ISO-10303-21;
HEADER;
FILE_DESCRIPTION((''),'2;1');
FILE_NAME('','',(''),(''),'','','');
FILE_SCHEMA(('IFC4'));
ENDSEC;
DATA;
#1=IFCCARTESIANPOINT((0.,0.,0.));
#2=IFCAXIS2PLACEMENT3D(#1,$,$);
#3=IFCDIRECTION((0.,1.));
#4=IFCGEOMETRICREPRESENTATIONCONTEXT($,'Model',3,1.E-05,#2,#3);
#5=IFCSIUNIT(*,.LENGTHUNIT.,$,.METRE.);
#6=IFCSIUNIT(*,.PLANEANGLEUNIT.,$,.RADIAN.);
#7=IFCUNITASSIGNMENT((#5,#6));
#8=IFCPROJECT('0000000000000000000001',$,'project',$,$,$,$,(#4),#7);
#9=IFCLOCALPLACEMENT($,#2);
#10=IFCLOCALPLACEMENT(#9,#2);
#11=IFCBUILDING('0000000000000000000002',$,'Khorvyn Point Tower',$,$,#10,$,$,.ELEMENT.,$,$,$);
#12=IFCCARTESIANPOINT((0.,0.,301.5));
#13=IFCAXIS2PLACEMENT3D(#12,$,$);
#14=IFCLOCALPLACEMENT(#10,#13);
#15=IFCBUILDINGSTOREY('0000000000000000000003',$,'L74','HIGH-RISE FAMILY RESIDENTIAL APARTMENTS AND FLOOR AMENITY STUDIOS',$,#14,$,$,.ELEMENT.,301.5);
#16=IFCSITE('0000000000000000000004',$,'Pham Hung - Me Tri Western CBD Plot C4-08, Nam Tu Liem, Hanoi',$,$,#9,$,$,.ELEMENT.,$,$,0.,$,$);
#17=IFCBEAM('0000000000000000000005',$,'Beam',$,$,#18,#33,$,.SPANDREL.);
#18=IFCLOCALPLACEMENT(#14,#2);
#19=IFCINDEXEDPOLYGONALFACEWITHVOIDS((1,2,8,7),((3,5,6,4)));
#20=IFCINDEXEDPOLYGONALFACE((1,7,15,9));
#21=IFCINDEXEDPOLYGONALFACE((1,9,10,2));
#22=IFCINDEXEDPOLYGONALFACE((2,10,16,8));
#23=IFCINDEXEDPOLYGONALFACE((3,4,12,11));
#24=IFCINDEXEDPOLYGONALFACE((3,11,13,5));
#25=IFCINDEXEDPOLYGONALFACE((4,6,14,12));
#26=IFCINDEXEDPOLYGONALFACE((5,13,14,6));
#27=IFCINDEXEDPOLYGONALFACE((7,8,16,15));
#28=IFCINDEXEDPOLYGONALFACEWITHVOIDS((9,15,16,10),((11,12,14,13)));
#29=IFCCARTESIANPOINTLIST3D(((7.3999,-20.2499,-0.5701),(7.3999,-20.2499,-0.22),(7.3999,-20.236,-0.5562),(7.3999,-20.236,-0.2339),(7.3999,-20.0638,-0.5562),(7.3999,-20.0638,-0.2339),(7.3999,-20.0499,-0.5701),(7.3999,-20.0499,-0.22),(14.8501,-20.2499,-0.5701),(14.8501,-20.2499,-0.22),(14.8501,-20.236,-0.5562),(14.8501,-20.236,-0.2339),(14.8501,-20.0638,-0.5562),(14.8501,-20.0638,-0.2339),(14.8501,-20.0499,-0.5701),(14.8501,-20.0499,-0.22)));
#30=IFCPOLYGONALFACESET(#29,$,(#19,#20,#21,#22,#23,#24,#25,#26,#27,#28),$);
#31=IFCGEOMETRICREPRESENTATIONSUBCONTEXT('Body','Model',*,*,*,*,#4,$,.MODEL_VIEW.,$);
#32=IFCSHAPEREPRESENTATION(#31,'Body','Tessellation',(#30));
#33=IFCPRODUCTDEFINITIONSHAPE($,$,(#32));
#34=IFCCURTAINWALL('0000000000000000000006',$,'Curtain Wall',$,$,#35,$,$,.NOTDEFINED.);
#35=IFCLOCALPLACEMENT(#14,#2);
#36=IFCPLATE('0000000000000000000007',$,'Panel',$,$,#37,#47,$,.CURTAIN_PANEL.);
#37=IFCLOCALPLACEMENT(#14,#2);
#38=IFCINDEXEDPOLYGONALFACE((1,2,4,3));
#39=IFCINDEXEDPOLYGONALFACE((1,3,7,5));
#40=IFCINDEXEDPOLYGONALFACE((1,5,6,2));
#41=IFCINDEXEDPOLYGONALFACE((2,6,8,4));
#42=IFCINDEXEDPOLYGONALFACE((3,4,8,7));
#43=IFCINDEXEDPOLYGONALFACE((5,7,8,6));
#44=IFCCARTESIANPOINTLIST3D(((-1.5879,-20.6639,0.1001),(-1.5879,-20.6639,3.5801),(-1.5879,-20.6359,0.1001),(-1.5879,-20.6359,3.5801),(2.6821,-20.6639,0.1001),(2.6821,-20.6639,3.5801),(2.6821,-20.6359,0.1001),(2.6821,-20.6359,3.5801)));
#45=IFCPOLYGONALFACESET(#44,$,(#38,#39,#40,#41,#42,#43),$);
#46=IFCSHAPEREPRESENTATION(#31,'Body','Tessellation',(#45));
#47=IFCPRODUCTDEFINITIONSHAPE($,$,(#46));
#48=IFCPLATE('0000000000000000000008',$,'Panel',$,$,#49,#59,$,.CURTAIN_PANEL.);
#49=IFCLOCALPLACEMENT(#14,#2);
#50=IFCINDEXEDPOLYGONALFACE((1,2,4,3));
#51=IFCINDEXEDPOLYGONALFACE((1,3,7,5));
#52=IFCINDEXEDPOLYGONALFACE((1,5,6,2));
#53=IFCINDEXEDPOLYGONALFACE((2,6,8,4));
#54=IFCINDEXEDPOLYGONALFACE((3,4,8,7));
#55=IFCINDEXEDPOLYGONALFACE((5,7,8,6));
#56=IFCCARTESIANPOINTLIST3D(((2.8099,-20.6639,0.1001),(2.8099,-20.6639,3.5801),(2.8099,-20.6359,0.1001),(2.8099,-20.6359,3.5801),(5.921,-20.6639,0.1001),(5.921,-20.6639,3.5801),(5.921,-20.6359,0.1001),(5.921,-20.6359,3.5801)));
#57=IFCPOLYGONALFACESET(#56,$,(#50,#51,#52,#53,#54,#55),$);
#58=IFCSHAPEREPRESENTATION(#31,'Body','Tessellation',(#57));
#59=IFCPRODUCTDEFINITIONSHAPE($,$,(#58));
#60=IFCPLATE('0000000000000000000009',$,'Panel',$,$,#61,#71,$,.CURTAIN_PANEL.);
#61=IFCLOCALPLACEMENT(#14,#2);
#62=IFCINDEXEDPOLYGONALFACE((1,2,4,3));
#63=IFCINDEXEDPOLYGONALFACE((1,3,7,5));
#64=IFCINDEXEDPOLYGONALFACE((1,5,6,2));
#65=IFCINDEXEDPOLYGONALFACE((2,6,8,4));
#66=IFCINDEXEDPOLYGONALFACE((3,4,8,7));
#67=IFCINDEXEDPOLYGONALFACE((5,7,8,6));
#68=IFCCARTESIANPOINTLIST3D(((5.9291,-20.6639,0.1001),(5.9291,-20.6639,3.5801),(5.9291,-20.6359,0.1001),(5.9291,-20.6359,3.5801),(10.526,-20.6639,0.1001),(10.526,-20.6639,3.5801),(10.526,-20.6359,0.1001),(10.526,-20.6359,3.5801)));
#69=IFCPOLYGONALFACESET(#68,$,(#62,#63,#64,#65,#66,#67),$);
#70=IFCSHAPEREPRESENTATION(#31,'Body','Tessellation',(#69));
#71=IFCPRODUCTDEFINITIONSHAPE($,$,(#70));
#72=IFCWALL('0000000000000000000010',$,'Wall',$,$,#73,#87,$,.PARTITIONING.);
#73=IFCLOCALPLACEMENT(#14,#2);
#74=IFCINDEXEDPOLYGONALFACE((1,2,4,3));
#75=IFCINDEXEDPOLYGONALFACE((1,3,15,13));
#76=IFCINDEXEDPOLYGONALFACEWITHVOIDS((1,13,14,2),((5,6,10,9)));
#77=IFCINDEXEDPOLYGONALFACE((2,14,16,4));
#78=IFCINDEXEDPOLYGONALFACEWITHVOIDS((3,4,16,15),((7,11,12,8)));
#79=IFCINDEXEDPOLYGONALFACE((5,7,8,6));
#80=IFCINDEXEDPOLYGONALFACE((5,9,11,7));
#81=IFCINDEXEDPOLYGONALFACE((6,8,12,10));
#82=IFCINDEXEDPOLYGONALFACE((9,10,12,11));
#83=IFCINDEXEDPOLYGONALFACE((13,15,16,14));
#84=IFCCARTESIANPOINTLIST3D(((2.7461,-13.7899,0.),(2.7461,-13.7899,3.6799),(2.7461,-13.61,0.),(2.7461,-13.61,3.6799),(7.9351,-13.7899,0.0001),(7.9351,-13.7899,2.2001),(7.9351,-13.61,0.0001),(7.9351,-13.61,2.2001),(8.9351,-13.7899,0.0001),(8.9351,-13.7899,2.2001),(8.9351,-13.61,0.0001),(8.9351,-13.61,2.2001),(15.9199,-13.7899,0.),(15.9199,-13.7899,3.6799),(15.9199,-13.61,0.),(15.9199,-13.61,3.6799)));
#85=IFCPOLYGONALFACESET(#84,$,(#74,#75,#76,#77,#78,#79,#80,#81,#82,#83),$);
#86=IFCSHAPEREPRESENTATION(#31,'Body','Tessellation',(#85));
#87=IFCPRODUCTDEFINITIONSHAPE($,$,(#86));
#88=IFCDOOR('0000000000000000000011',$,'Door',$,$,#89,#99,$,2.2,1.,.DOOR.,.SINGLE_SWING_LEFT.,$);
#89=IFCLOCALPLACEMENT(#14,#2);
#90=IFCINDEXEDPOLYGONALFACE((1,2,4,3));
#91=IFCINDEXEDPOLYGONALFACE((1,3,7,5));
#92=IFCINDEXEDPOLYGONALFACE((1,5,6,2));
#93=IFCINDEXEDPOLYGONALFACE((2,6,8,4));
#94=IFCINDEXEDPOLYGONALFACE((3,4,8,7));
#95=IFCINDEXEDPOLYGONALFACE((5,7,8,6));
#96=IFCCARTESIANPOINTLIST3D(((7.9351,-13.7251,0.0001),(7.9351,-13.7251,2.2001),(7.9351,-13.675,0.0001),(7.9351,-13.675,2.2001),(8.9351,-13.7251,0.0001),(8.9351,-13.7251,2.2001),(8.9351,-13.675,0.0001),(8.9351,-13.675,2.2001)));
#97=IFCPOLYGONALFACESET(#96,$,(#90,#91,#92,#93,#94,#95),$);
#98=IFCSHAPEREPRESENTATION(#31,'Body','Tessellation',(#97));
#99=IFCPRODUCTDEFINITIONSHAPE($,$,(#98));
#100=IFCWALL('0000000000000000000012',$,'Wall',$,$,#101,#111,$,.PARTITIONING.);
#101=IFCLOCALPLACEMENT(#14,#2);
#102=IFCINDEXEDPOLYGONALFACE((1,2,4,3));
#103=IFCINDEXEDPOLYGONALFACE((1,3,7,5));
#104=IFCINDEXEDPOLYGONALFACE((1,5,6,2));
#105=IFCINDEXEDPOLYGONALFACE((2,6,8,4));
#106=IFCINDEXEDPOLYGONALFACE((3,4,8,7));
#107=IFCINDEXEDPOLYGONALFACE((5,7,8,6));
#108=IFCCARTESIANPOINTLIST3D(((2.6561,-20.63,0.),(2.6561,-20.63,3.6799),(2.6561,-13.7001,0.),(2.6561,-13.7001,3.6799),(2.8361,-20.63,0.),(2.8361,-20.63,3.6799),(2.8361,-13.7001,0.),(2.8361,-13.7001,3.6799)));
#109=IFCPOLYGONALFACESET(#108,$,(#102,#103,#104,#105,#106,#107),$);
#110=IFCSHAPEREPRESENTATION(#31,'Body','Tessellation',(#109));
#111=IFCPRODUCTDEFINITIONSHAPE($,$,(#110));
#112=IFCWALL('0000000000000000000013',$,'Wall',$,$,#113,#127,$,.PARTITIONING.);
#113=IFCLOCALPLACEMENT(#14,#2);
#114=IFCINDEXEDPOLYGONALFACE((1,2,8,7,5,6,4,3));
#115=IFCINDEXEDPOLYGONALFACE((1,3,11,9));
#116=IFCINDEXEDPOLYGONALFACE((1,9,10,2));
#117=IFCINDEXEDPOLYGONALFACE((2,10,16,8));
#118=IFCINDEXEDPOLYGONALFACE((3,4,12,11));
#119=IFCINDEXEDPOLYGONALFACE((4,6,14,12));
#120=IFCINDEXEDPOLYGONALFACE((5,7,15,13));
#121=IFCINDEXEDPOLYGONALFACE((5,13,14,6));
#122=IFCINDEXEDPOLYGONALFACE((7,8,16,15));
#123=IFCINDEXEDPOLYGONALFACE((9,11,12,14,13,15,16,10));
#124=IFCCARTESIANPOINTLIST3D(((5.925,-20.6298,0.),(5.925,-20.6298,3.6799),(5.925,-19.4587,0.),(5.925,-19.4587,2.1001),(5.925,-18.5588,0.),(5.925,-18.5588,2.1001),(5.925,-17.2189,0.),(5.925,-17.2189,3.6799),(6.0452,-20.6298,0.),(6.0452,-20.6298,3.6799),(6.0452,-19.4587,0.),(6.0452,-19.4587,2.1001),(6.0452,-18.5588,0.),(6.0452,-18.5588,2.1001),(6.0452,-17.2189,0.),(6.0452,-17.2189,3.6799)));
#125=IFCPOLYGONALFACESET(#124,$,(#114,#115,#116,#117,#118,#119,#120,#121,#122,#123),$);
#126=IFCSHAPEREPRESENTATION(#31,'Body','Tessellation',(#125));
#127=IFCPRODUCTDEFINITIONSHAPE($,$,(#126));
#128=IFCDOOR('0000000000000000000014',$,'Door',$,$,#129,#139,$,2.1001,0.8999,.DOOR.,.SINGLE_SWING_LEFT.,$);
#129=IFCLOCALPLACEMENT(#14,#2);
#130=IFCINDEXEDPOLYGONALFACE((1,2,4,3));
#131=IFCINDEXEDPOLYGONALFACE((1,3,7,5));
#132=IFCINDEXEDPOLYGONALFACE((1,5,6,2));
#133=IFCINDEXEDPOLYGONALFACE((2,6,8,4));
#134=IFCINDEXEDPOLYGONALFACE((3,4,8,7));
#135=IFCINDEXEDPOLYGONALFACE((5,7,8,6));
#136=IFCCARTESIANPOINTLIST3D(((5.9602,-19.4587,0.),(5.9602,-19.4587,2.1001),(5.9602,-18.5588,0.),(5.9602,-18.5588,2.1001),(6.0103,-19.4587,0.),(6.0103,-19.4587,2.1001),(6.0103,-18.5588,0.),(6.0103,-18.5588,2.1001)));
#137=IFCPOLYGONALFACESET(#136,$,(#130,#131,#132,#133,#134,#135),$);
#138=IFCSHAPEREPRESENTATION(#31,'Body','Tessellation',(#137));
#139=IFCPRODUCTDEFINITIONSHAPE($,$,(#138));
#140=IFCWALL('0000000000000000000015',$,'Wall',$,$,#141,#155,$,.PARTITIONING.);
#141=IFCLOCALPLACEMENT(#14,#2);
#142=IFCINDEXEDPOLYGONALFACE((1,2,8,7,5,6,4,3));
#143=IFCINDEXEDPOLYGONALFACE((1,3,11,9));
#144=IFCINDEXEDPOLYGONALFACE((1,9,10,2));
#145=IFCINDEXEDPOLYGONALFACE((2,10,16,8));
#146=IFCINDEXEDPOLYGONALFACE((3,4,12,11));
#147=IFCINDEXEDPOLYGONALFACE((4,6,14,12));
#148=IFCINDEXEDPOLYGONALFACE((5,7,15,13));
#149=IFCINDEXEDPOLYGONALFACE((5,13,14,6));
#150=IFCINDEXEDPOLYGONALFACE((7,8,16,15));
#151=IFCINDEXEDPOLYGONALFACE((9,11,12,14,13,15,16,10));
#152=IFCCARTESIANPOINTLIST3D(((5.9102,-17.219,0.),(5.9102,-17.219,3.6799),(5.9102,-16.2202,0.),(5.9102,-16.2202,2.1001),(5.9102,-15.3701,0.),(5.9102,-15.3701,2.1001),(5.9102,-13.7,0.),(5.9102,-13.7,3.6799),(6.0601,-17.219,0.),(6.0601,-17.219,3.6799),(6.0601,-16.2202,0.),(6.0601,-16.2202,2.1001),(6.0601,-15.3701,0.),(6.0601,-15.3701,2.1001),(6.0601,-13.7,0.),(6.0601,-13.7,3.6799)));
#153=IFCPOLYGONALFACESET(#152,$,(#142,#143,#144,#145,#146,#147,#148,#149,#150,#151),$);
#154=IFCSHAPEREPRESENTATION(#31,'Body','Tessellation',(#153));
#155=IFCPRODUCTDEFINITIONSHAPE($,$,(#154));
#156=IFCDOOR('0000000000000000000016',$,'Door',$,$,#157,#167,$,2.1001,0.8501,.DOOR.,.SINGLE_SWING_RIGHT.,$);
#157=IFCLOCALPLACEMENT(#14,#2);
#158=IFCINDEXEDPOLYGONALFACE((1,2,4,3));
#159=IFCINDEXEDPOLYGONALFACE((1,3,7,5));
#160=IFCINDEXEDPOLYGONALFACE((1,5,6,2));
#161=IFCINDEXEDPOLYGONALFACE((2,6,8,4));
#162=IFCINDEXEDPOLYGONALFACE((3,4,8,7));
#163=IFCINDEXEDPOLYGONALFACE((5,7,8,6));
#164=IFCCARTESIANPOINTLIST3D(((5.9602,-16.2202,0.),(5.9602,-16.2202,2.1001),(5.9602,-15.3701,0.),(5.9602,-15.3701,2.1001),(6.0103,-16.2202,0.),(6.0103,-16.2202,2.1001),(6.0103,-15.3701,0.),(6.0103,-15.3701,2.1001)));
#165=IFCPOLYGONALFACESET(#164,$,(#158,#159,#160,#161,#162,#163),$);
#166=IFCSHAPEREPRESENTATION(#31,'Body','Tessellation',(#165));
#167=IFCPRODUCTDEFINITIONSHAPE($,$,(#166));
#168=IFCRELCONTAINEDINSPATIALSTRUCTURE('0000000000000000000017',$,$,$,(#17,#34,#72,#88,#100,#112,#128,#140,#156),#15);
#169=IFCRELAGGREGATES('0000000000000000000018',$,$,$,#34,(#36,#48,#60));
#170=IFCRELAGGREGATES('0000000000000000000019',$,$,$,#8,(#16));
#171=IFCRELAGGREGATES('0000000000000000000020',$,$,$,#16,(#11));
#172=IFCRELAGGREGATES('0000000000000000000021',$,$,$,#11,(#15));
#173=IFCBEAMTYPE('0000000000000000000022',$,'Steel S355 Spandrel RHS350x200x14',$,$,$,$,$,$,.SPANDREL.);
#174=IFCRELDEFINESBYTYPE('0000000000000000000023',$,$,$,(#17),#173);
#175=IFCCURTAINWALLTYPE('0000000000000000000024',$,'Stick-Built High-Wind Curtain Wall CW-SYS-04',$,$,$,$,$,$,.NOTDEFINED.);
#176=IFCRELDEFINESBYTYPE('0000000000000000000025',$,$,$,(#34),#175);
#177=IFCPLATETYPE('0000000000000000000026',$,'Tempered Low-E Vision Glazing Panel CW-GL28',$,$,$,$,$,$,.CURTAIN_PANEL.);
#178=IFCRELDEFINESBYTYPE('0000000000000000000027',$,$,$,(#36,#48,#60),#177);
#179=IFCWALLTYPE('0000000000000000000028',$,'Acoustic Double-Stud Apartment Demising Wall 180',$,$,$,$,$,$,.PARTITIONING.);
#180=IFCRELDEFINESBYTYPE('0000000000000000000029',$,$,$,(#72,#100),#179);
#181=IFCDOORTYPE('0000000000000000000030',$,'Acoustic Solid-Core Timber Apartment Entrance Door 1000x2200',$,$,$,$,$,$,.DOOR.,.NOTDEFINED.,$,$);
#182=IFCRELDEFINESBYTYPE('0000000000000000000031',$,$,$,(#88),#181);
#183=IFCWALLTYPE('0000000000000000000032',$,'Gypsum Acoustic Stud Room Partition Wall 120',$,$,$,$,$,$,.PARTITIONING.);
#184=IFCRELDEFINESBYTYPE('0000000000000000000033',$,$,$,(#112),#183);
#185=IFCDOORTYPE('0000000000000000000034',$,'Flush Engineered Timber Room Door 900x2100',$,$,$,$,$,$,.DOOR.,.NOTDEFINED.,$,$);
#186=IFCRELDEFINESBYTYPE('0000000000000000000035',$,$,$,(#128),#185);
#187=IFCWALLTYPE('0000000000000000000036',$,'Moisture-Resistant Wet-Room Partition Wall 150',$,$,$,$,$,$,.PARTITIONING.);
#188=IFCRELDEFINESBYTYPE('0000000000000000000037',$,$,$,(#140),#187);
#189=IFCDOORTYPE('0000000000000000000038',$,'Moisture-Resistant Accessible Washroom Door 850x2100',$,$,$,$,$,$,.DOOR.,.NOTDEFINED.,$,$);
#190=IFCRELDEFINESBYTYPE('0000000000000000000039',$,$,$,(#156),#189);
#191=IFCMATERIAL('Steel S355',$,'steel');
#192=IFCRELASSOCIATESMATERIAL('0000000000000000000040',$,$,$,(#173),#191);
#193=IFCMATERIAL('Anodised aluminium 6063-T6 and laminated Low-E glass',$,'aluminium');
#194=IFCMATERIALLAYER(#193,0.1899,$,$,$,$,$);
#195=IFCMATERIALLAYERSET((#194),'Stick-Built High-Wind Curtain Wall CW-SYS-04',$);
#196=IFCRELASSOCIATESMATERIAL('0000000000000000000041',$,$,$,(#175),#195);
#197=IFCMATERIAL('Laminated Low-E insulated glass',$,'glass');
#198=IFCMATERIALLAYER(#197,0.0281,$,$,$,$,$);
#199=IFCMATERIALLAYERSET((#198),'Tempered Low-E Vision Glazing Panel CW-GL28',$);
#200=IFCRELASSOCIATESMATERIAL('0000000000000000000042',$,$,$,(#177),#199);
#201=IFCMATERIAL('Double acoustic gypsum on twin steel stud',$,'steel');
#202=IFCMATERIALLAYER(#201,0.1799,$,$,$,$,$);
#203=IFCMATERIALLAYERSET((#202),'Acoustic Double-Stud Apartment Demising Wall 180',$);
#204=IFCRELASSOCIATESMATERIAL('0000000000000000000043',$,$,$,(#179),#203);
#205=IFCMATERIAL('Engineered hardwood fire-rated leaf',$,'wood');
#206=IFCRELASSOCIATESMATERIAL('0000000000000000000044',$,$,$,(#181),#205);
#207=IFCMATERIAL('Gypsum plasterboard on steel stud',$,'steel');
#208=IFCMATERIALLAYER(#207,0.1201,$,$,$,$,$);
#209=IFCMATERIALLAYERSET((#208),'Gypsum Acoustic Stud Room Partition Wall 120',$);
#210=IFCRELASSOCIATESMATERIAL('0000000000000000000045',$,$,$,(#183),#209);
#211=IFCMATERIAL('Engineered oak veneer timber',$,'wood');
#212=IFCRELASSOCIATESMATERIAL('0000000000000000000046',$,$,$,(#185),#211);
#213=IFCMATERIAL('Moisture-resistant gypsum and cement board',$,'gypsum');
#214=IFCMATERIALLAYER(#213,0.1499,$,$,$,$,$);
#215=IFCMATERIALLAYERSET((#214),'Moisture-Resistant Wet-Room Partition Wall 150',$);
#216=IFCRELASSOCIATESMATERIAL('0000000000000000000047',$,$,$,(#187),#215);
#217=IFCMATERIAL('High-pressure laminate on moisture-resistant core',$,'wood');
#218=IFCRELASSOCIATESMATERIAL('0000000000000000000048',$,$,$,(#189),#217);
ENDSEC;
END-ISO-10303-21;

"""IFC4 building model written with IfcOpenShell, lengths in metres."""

from ifc_helpers import new_model, si_unit, direction, frame, frame_2d, origin, origin_2d, place, context, subcontext, project, spatial, rectangle, hollow_rectangle, extrude, material, layer, layer_set, material_profile, profile_set, type_object, element, fill, aggregate, save


model = new_model("IFC4")

# Units and contexts
model_context = context("Model", 3, precision=1e-05, world=origin(), true_north=direction((0.0, 1.0)))
body_context = subcontext(model_context, "Body", "Model", "MODEL_VIEW")
ifc_project = project(units=[si_unit("LENGTHUNIT", "METRE"), si_unit("PLANEANGLEUNIT", "RADIAN")], contexts=[model_context])

# Site, building, storey
site_placement = place(None, origin())
site = spatial("IfcSite", under=ifc_project, at=site_placement, Name="Pham Hung - Me Tri Western CBD Plot C4-08, Nam Tu Liem, Hanoi", CompositionType="ELEMENT", RefElevation=0.0)
building_placement = place(site_placement, origin())
building = spatial("IfcBuilding", under=site, at=building_placement, Name="Khorvyn Point Tower", CompositionType="ELEMENT")
storey_placement = place(building_placement, frame((0.0, 0.0, 301.5)))
storey = spatial("IfcBuildingStorey", under=building, at=storey_placement, Name="L74", Description="HIGH-RISE FAMILY RESIDENTIAL APARTMENTS AND FLOOR AMENITY STUDIOS", CompositionType="ELEMENT", Elevation=301.5)

# Shared definitions
ifc_material_1 = material(Name="Steel S355", Category="steel")

# Beam
ifc_material_profile_1 = material_profile(ifc_material_1, hollow_rectangle(XDim=0.2, YDim=0.3501, WallThickness=0.0139, at=origin_2d()))
ifc_profile_set_1 = profile_set([ifc_material_profile_1], Name="Steel S355 RHS350x200x14")
beam_type_1 = type_object("IfcBeamType", Name="Steel S355 Spandrel RHS350x200x14", PredefinedType="SPANDREL", material=ifc_profile_set_1)
beam_1_placement = place(storey_placement, frame((7.3999, -20.1499, -0.395), z_axis=(1.0, 0.0, 0.0), x_axis=(0.0, 1.0, 0.0)))
element("IfcBeam", 1, at=beam_1_placement, inside=storey, type_object=beam_type_1, Name="Beam", PredefinedType="SPANDREL", context=body_context, shape_type="SweptSolid", body=[
    extrude(hollow_rectangle(XDim=0.2, YDim=0.3501, WallThickness=0.0139, at=origin_2d()), origin(), (0.0, 0.0, 1.0), 7.4502),
])

# Curtain wall, plates
ifc_material_2 = material(Name="Anodised aluminium 6063-T6 and laminated Low-E glass", Category="aluminium")
ifc_layer_1 = layer(ifc_material_2, 0.1899)
ifc_layer_set_1 = layer_set([ifc_layer_1], Name="Stick-Built High-Wind Curtain Wall CW-SYS-04")
curtain_wall_type = type_object("IfcCurtainWallType", Name="Stick-Built High-Wind Curtain Wall CW-SYS-04", PredefinedType="NOTDEFINED", material=ifc_layer_set_1)
curtain_wall_placement = place(storey_placement, origin())
curtain_wall = element("IfcCurtainWall", 2, at=curtain_wall_placement, inside=storey, type_object=curtain_wall_type, Name="Curtain Wall", PredefinedType="NOTDEFINED")
ifc_material_3 = material(Name="Laminated Low-E insulated glass", Category="glass")
ifc_layer_2 = layer(ifc_material_3, 0.0281)
ifc_layer_set_2 = layer_set([ifc_layer_2], Name="Tempered Low-E Vision Glazing Panel CW-GL28")
plate_type = type_object("IfcPlateType", Name="Tempered Low-E Vision Glazing Panel CW-GL28", PredefinedType="CURTAIN_PANEL", material=ifc_layer_set_2)
plate_1_placement = place(storey_placement, frame((0.5471, -20.6499, 0.1001), z_axis=(0.0, 0.0, 1.0), x_axis=(-1.0, 0.0, 0.0)))
plate_1 = element("IfcPlate", 3, at=plate_1_placement, type_object=plate_type, Name="Panel", PredefinedType="CURTAIN_PANEL", context=body_context, shape_type="SweptSolid", body=[
    extrude(rectangle(XDim=4.27, YDim=0.0281, at=origin_2d()), origin(), (0.0, 0.0, 1.0), 3.48),
])
plate_2_placement = place(storey_placement, frame((4.3655, -20.6499, 0.1001), z_axis=(0.0, 0.0, 1.0), x_axis=(-1.0, 0.0, 0.0)))
plate_2 = element("IfcPlate", 4, at=plate_2_placement, type_object=plate_type, Name="Panel", PredefinedType="CURTAIN_PANEL", context=body_context, shape_type="SweptSolid", body=[
    extrude(rectangle(XDim=3.1111, YDim=0.0281, at=origin_2d()), origin(), (0.0, 0.0, 1.0), 3.48),
])
plate_3_placement = place(storey_placement, frame((8.2275, -20.6499, 0.1001), z_axis=(0.0, 0.0, 1.0), x_axis=(-1.0, 0.0, 0.0)))
plate_3 = element("IfcPlate", 5, at=plate_3_placement, type_object=plate_type, Name="Panel", PredefinedType="CURTAIN_PANEL", context=body_context, shape_type="SweptSolid", body=[
    extrude(rectangle(XDim=4.5969, YDim=0.0281, at=origin_2d()), origin(), (0.0, 0.0, 1.0), 3.48),
])
aggregate(curtain_wall, [plate_1, plate_2, plate_3])

# Wall, opening, door
ifc_material_4 = material(Name="Double acoustic gypsum on twin steel stud", Category="steel")
ifc_layer_3 = layer(ifc_material_4, 0.1799)
ifc_layer_set_3 = layer_set([ifc_layer_3], Name="Acoustic Double-Stud Apartment Demising Wall 180")
wall_type_1 = type_object("IfcWallType", Name="Acoustic Double-Stud Apartment Demising Wall 180", PredefinedType="PARTITIONING", material=ifc_layer_set_3)
wall_1_placement = place(storey_placement, frame((2.7461, -13.7, 0.0), z_axis=(0.0, 0.0, 1.0), x_axis=(1.0, 0.0, 0.0)))
wall_1 = element("IfcWall", 6, at=wall_1_placement, inside=storey, type_object=wall_type_1, Name="Wall", PredefinedType="PARTITIONING", context=body_context, shape_type="SweptSolid", body=[
    extrude(rectangle(XDim=13.1738, YDim=0.1799, at=frame_2d((6.5869, 0.0))), origin(), (0.0, 0.0, 1.0), 3.6799),
])
opening_1_placement = place(wall_1_placement, frame((5.189, 0.0, 0.0)))
opening_1 = element("IfcOpeningElement", 7, at=opening_1_placement, cuts=wall_1, PredefinedType="OPENING", context=body_context, shape_type="SweptSolid", body=[
    extrude(rectangle(XDim=1.0, YDim=2.2, at=frame_2d((0.5, 1.1001))), frame((0.0, 0.0999, 0.0), z_axis=(0.0, -1.0, 0.0), x_axis=(1.0, 0.0, 0.0)), (0.0, 0.0, 1.0), 0.2),
])
ifc_material_5 = material(Name="Engineered hardwood fire-rated leaf", Category="wood")
door_type_1 = type_object("IfcDoorType", Name="Acoustic Solid-Core Timber Apartment Entrance Door 1000x2200", OperationType="NOTDEFINED", PredefinedType="DOOR", material=ifc_material_5)
door_1_placement = place(opening_1_placement, origin())
door_1 = element("IfcDoor", 8, at=door_1_placement, inside=storey, type_object=door_type_1, Name="Door", OperationType="SINGLE_SWING_LEFT", OverallHeight=2.2, OverallWidth=1.0, PredefinedType="DOOR", context=body_context, shape_type="SweptSolid", body=[
    extrude(rectangle(XDim=1.0, YDim=2.2, at=frame_2d((0.5, 1.1001))), frame((0.0, 0.0249, 0.0), z_axis=(0.0, -1.0, 0.0), x_axis=(1.0, 0.0, 0.0)), (0.0, 0.0, 1.0), 0.05),
])
fill(opening_1, door_1)

# Wall
wall_2_placement = place(storey_placement, frame((2.7461, -20.6299, 0.0), z_axis=(0.0, 0.0, 1.0), x_axis=(0.0, 1.0, 0.0)))
element("IfcWall", 9, at=wall_2_placement, inside=storey, type_object=wall_type_1, Name="Wall", PredefinedType="PARTITIONING", context=body_context, shape_type="SweptSolid", body=[
    extrude(rectangle(XDim=6.9299, YDim=0.1799, at=frame_2d((3.4648, 0.0))), origin(), (0.0, 0.0, 1.0), 3.6799),
])

# Walls, openings, doors
ifc_material_6 = material(Name="Gypsum plasterboard on steel stud", Category="steel")
ifc_layer_4 = layer(ifc_material_6, 0.1201)
ifc_layer_set_4 = layer_set([ifc_layer_4], Name="Gypsum Acoustic Stud Room Partition Wall 120")
wall_type_2 = type_object("IfcWallType", Name="Gypsum Acoustic Stud Room Partition Wall 120", PredefinedType="PARTITIONING", material=ifc_layer_set_4)
wall_3_placement = place(storey_placement, frame((5.9851, -20.6299, 0.0), z_axis=(0.0, 0.0, 1.0), x_axis=(0.0, 1.0, 0.0)))
wall_3 = element("IfcWall", 10, at=wall_3_placement, inside=storey, type_object=wall_type_2, Name="Wall", PredefinedType="PARTITIONING", context=body_context, shape_type="SweptSolid", body=[
    extrude(rectangle(XDim=3.4109, YDim=0.1201, at=frame_2d((1.7056, 0.0))), origin(), (0.0, 0.0, 1.0), 3.6799),
])
opening_2_placement = place(wall_3_placement, frame((1.1711, 0.0, 0.0)))
opening_2 = element("IfcOpeningElement", 11, at=opening_2_placement, cuts=wall_3, PredefinedType="OPENING", context=body_context, shape_type="SweptSolid", body=[
    extrude(rectangle(XDim=0.8999, YDim=2.1001, at=frame_2d((0.45, 1.05))), frame((0.0, 0.0701, 0.0), z_axis=(0.0, -1.0, 0.0), x_axis=(1.0, 0.0, 0.0)), (0.0, 0.0, 1.0), 0.1401),
])
ifc_material_7 = material(Name="Engineered oak veneer timber", Category="wood")
door_type_2 = type_object("IfcDoorType", Name="Flush Engineered Timber Room Door 900x2100", OperationType="NOTDEFINED", PredefinedType="DOOR", material=ifc_material_7)
door_2_placement = place(opening_2_placement, origin())
door_2 = element("IfcDoor", 12, at=door_2_placement, inside=storey, type_object=door_type_2, Name="Door", OperationType="SINGLE_SWING_LEFT", OverallHeight=2.1001, OverallWidth=0.8999, PredefinedType="DOOR", context=body_context, shape_type="SweptSolid", body=[
    extrude(rectangle(XDim=0.8999, YDim=2.1001, at=frame_2d((0.45, 1.05))), frame((0.0, 0.0249, 0.0), z_axis=(0.0, -1.0, 0.0), x_axis=(1.0, 0.0, 0.0)), (0.0, 0.0, 1.0), 0.05),
])
fill(opening_2, door_2)
ifc_material_8 = material(Name="Moisture-resistant gypsum and cement board", Category="gypsum")
ifc_layer_5 = layer(ifc_material_8, 0.1499)
ifc_layer_set_5 = layer_set([ifc_layer_5], Name="Moisture-Resistant Wet-Room Partition Wall 150")
wall_type_3 = type_object("IfcWallType", Name="Moisture-Resistant Wet-Room Partition Wall 150", PredefinedType="PARTITIONING", material=ifc_layer_set_5)
wall_4_placement = place(storey_placement, frame((5.9851, -17.219, 0.0), z_axis=(0.0, 0.0, 1.0), x_axis=(0.0, 1.0, 0.0)))
wall_4 = element("IfcWall", 13, at=wall_4_placement, inside=storey, type_object=wall_type_3, Name="Wall", PredefinedType="PARTITIONING", context=body_context, shape_type="SweptSolid", body=[
    extrude(rectangle(XDim=3.519, YDim=0.1499, at=frame_2d((1.7595, 0.0))), origin(), (0.0, 0.0, 1.0), 3.6799),
])
opening_3_placement = place(wall_4_placement, frame((0.9988, 0.0, 0.0)))
opening_3 = element("IfcOpeningElement", 14, at=opening_3_placement, cuts=wall_4, PredefinedType="OPENING", context=body_context, shape_type="SweptSolid", body=[
    extrude(rectangle(XDim=0.8501, YDim=2.1001, at=frame_2d((0.425, 1.05))), frame((0.0, 0.085, 0.0), z_axis=(0.0, -1.0, 0.0), x_axis=(1.0, 0.0, 0.0)), (0.0, 0.0, 1.0), 0.1699),
])
ifc_material_9 = material(Name="High-pressure laminate on moisture-resistant core", Category="wood")
door_type_3 = type_object("IfcDoorType", Name="Moisture-Resistant Accessible Washroom Door 850x2100", OperationType="NOTDEFINED", PredefinedType="DOOR", material=ifc_material_9)
door_3_placement = place(opening_3_placement, origin())
door_3 = element("IfcDoor", 15, at=door_3_placement, inside=storey, type_object=door_type_3, Name="Door", OperationType="SINGLE_SWING_RIGHT", OverallHeight=2.1001, OverallWidth=0.8501, PredefinedType="DOOR", context=body_context, shape_type="SweptSolid", body=[
    extrude(rectangle(XDim=0.8501, YDim=2.1001, at=frame_2d((0.425, 1.05))), frame((0.0, 0.0249, 0.0), z_axis=(0.0, -1.0, 0.0), x_axis=(1.0, 0.0, 0.0)), (0.0, 0.0, 1.0), 0.05),
])
fill(opening_3, door_3)

save(model, "model.ifc")
